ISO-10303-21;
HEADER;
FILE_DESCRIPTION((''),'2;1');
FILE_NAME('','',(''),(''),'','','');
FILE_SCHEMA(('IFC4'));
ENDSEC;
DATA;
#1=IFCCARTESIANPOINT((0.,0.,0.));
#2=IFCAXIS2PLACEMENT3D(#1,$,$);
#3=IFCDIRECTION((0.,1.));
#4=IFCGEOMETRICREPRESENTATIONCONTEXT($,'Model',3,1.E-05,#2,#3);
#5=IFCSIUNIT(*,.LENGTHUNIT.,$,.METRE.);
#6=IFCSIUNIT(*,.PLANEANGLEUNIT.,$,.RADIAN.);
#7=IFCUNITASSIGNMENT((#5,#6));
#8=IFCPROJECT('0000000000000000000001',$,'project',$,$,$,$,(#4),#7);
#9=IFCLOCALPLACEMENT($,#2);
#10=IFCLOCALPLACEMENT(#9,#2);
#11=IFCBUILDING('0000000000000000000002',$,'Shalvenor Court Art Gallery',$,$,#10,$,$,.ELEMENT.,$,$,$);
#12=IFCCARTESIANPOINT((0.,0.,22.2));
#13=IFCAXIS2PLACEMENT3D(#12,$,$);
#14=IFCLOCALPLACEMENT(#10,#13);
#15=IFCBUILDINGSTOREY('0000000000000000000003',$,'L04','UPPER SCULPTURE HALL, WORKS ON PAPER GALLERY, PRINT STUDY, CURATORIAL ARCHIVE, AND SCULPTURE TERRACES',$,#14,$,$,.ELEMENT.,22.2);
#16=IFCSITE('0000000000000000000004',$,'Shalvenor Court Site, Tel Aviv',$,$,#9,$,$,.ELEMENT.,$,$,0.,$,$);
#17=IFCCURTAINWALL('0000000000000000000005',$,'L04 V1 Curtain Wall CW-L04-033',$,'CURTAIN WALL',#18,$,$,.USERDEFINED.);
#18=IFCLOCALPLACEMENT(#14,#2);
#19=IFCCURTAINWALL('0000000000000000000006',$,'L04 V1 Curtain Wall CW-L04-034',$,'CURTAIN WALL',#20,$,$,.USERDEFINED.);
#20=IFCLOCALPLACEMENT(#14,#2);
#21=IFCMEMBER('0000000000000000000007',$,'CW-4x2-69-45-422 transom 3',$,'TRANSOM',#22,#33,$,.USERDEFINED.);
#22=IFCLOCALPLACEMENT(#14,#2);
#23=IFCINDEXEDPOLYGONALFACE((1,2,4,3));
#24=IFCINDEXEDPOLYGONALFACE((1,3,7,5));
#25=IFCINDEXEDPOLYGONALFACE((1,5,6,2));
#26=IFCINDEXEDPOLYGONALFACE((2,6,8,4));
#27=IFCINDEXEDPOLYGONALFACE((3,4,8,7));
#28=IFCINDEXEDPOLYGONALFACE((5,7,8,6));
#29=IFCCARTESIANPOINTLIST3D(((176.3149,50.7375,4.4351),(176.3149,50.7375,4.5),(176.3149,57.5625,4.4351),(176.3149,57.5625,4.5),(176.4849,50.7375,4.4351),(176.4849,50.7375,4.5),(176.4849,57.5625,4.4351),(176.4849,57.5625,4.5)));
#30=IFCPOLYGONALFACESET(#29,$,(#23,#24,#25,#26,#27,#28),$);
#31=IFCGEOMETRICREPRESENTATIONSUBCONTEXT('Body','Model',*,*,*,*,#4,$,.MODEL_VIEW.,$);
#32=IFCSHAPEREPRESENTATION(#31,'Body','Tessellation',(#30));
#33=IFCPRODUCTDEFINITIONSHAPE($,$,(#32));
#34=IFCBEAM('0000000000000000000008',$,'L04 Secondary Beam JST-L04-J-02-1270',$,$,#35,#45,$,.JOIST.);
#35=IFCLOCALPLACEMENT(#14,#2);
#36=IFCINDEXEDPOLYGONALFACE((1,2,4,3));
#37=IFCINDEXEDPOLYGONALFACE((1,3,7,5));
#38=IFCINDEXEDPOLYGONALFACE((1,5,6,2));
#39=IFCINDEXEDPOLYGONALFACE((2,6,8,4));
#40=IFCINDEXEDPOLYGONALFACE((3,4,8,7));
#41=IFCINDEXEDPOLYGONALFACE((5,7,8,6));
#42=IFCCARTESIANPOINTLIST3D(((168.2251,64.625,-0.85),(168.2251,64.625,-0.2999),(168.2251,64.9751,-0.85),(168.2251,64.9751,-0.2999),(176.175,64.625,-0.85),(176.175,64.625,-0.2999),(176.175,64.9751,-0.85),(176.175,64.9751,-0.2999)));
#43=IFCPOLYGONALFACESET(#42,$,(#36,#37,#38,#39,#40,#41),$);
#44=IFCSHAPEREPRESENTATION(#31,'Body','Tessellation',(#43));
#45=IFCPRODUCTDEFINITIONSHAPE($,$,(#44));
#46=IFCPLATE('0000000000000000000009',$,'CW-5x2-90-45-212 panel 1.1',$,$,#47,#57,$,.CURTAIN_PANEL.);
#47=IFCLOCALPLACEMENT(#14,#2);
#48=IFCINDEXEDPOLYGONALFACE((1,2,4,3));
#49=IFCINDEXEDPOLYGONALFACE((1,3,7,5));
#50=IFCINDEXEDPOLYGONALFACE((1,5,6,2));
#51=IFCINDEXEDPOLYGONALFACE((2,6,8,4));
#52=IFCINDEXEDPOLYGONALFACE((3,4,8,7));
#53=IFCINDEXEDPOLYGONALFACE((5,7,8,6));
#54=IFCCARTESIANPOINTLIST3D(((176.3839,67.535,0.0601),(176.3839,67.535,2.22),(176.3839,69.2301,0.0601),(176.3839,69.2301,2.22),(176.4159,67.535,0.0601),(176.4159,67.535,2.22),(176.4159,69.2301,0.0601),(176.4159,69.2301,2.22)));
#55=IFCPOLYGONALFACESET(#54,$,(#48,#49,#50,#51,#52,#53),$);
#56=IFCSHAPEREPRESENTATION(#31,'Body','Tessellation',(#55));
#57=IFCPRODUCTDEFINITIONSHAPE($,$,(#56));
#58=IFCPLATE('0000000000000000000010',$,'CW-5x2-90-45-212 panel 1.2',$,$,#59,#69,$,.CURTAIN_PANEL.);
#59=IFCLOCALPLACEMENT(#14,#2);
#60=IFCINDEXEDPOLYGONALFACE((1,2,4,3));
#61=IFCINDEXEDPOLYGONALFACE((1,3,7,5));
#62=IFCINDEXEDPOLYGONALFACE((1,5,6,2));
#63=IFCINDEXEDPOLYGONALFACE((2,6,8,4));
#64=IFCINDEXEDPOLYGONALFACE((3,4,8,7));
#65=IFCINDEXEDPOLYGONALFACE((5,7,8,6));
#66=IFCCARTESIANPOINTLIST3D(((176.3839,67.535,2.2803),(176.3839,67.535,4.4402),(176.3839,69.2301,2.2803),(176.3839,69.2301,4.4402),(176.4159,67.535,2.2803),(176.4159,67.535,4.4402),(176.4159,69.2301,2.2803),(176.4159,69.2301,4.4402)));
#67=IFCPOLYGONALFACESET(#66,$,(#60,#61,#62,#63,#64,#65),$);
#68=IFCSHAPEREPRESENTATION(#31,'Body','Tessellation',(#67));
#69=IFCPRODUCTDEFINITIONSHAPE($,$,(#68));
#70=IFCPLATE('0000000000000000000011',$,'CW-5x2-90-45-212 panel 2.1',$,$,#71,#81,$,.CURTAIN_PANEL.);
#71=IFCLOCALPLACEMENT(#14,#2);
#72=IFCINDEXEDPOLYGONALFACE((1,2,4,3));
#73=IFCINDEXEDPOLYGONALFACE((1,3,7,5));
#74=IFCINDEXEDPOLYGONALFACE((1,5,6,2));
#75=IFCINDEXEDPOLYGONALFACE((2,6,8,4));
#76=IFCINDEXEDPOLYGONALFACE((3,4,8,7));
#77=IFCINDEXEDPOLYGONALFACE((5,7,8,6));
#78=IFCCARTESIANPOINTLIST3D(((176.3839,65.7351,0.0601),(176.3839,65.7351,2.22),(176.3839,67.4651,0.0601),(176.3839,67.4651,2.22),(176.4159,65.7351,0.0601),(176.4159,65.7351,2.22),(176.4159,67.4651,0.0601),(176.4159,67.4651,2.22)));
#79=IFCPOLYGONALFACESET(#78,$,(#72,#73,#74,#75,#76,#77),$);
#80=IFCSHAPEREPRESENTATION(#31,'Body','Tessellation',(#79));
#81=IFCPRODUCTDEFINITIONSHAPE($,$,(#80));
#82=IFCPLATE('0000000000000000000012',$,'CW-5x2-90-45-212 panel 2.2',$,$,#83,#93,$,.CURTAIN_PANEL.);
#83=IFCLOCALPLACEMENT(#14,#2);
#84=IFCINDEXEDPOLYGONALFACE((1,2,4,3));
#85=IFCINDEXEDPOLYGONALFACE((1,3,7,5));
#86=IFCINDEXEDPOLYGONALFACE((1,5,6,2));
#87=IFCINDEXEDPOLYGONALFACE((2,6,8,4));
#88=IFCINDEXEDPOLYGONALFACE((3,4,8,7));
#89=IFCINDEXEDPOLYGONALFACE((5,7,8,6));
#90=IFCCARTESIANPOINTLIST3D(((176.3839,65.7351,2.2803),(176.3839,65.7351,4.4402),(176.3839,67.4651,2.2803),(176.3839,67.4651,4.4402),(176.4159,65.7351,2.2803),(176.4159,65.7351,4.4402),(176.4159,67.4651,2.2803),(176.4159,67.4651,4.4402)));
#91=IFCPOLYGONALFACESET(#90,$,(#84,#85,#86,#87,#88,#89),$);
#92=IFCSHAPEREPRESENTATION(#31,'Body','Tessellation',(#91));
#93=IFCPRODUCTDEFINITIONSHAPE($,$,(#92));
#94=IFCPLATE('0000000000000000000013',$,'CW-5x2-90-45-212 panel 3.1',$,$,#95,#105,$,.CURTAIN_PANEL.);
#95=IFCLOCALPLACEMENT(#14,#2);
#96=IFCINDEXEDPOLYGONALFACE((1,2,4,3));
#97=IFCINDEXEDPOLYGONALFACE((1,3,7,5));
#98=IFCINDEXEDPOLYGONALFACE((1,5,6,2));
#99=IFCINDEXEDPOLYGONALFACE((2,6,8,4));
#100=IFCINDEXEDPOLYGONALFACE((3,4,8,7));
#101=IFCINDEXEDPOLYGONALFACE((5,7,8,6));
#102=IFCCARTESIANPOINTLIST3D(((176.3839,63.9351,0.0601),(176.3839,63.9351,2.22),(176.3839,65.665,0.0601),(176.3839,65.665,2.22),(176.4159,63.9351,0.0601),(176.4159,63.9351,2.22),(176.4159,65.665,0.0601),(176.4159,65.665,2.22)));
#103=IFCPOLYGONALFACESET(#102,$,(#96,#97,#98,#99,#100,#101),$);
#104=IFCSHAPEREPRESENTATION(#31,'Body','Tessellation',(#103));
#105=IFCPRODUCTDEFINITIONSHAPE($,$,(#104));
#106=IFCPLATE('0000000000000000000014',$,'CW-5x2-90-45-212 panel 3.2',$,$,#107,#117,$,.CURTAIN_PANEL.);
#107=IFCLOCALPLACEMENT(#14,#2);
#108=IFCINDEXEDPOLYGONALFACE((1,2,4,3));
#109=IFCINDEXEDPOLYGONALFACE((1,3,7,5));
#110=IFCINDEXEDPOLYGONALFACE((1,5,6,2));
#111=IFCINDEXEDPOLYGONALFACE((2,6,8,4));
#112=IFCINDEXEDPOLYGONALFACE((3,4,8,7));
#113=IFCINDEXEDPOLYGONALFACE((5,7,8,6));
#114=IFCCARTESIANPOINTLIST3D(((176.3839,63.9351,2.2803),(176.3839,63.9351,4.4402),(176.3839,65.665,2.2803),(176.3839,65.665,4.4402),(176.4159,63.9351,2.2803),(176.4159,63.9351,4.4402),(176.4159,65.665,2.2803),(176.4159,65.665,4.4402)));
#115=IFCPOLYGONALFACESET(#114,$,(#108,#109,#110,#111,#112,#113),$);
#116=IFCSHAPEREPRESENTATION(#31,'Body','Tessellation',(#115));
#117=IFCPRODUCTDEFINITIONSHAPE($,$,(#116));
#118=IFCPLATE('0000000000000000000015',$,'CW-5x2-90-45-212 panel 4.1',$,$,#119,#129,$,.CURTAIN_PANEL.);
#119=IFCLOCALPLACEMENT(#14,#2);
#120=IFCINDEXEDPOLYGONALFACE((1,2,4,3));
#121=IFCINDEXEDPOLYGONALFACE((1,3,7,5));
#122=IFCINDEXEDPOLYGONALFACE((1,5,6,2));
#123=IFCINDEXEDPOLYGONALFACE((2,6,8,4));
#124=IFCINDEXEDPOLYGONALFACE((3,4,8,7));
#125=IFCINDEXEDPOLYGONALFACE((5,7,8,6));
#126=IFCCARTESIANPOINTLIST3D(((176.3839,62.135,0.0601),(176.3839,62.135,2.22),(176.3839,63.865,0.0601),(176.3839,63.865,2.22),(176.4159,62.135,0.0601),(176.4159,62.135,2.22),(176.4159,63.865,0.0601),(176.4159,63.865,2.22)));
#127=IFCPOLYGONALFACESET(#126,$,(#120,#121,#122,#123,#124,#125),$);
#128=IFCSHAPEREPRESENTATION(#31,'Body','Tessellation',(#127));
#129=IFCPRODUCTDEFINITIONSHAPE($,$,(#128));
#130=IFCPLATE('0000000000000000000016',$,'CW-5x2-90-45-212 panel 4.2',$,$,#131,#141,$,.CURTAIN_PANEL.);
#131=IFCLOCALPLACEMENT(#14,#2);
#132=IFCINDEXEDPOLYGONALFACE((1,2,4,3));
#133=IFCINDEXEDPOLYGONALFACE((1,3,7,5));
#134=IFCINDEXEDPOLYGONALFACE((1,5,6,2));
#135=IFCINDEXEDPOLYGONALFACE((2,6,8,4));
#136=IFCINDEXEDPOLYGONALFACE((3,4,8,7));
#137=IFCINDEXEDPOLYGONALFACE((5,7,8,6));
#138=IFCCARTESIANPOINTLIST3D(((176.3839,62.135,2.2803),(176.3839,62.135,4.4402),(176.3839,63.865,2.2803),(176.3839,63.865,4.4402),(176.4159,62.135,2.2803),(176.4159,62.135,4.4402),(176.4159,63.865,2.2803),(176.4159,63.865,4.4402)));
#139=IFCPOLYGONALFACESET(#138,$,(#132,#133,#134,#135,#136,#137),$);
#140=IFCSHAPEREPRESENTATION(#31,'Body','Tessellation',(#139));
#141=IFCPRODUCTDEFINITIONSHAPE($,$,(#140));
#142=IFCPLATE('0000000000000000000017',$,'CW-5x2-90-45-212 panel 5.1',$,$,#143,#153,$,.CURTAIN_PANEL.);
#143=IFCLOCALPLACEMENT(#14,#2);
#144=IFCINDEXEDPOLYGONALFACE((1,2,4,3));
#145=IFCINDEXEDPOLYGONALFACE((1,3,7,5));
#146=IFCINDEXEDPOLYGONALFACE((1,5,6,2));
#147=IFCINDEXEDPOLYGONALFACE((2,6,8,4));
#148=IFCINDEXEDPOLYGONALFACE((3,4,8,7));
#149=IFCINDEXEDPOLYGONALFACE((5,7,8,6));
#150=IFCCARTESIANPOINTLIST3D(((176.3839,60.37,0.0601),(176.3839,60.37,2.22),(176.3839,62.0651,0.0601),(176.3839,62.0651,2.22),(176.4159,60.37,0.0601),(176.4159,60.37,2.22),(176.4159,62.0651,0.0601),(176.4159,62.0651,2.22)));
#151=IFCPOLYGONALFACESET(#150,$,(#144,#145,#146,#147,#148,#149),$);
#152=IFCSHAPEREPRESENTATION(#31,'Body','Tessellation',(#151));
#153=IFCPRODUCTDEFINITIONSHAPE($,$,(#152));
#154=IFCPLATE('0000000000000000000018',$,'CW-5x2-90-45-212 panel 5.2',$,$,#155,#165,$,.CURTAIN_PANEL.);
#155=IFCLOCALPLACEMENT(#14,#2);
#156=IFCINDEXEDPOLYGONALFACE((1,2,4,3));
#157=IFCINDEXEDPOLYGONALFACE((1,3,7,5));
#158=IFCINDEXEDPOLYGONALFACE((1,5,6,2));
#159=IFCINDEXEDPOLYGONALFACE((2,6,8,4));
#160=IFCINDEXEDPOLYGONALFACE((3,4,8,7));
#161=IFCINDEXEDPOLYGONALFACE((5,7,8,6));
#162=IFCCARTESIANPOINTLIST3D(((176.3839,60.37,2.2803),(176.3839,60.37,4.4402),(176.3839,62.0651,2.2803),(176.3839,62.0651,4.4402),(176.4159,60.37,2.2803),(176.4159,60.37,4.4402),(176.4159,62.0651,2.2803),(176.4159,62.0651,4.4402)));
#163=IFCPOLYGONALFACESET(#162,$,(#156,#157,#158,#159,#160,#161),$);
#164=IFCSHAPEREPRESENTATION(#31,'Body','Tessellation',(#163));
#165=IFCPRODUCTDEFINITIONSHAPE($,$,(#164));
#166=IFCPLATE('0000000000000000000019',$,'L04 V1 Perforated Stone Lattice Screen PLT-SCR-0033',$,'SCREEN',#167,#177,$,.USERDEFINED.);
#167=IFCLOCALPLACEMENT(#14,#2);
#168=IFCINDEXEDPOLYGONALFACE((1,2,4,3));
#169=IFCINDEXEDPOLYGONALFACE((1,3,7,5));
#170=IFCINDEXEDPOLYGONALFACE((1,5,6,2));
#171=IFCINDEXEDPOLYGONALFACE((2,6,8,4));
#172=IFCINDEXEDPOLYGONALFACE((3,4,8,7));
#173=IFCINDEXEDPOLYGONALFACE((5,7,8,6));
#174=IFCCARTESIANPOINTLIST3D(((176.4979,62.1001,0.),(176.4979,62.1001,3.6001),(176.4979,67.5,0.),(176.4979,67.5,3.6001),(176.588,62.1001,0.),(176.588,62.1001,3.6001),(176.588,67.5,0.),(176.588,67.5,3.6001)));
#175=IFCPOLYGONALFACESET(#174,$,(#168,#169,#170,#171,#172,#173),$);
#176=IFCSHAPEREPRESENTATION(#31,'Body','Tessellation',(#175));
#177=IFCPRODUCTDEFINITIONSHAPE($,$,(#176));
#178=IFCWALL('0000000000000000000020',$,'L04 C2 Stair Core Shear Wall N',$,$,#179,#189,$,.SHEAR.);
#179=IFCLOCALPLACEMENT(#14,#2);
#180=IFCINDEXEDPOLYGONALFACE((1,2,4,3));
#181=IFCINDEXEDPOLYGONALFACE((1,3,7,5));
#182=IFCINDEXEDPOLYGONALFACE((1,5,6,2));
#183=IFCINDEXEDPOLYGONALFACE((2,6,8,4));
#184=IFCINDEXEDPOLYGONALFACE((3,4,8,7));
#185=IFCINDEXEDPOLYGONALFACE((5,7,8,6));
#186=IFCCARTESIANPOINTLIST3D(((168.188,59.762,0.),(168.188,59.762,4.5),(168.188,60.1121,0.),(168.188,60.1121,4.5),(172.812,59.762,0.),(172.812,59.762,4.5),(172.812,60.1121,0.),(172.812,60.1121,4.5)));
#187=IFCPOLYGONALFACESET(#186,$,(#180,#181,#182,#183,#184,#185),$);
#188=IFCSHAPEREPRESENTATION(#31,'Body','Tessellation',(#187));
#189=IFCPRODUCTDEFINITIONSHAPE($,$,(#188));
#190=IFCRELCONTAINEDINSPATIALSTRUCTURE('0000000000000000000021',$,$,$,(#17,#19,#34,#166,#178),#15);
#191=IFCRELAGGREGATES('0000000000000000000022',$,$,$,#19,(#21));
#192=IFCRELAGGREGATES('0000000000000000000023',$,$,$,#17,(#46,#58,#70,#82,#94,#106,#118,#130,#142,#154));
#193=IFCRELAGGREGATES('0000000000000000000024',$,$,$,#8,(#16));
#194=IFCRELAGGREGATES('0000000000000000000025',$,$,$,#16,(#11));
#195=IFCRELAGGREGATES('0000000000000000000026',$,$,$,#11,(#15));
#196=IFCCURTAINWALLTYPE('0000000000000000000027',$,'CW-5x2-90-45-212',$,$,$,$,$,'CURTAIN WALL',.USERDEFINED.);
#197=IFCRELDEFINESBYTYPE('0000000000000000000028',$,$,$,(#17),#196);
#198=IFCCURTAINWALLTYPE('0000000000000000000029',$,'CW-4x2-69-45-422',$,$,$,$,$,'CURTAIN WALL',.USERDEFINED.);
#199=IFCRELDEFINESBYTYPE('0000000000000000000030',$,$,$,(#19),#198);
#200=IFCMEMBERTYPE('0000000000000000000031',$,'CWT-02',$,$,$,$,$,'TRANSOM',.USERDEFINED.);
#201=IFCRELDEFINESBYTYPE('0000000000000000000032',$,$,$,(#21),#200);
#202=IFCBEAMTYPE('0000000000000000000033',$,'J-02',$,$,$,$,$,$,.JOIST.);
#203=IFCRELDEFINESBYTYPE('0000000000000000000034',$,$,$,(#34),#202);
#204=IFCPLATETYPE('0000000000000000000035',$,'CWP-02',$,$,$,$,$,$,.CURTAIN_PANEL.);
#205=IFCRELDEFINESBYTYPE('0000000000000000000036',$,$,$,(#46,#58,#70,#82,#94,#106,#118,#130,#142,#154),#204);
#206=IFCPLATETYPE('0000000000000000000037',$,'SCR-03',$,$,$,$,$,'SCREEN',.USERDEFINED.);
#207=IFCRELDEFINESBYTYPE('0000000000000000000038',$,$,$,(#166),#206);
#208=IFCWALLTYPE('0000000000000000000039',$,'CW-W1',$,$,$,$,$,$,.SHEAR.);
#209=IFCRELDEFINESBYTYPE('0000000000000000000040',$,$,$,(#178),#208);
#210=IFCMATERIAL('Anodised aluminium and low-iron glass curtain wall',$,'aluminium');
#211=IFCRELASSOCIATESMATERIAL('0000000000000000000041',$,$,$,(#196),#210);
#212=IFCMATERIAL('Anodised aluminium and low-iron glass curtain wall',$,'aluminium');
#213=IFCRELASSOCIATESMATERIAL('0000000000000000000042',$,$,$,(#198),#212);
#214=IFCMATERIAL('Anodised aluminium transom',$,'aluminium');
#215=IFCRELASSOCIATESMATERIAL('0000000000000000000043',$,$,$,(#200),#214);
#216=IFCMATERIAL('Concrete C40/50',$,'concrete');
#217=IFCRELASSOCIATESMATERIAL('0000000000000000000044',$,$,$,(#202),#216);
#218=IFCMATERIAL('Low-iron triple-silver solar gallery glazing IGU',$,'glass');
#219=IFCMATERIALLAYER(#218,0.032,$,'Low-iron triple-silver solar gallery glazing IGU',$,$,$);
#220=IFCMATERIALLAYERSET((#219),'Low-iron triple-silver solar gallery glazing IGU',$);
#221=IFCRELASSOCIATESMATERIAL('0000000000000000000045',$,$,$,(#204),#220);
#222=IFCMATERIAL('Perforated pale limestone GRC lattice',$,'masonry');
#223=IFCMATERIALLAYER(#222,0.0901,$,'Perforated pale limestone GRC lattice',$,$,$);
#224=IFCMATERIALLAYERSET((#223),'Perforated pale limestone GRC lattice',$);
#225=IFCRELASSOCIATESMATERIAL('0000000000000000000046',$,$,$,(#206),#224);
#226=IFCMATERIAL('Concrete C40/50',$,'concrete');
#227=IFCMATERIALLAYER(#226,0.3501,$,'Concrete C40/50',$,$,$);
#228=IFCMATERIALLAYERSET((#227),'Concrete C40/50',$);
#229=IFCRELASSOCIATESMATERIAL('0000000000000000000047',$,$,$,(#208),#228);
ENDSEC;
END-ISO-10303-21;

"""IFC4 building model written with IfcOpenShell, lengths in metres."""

from ifc_helpers import new_model, si_unit, direction, frame, frame_2d, origin, origin_2d, place, context, subcontext, project, spatial, rectangle, extrude, material, layer, layer_set, material_profile, profile_set, type_object, element, aggregate, save


model = new_model("IFC4")

# Units and contexts
model_context = context("Model", 3, precision=1e-05, world=origin(), true_north=direction((0.0, 1.0)))
body_context = subcontext(model_context, "Body", "Model", "MODEL_VIEW")
ifc_project = project(units=[si_unit("LENGTHUNIT", "METRE"), si_unit("PLANEANGLEUNIT", "RADIAN")], contexts=[model_context])

# Site, building, storey
site_placement = place(None, origin())
site = spatial("IfcSite", under=ifc_project, at=site_placement, Name="Shalvenor Court Site, Tel Aviv", CompositionType="ELEMENT", RefElevation=0.0)
building_placement = place(site_placement, origin())
building = spatial("IfcBuilding", under=site, at=building_placement, Name="Shalvenor Court Art Gallery", CompositionType="ELEMENT")
storey_placement = place(building_placement, frame((0.0, 0.0, 22.2)))
storey = spatial("IfcBuildingStorey", under=building, at=storey_placement, Name="L04", Description="UPPER SCULPTURE HALL, WORKS ON PAPER GALLERY, PRINT STUDY, CURATORIAL ARCHIVE, AND SCULPTURE TERRACES", CompositionType="ELEMENT", Elevation=22.2)

# Curtain wall
ifc_material_1 = material(Name="Anodised aluminium and low-iron glass curtain wall", Category="aluminium")
curtain_wall_type_1 = type_object("IfcCurtainWallType", Name="CW-5x2-90-45-212", ElementType="CURTAIN WALL", PredefinedType="USERDEFINED", material=ifc_material_1)
curtain_wall_1_placement = place(storey_placement, origin())
curtain_wall_1 = element("IfcCurtainWall", 1, at=curtain_wall_1_placement, inside=storey, type_object=curtain_wall_type_1, Name="L04 V1 Curtain Wall CW-L04-033", ObjectType="CURTAIN WALL", PredefinedType="USERDEFINED")

# Curtain wall, member
ifc_material_2 = material(Name="Anodised aluminium and low-iron glass curtain wall", Category="aluminium")
curtain_wall_type_2 = type_object("IfcCurtainWallType", Name="CW-4x2-69-45-422", ElementType="CURTAIN WALL", PredefinedType="USERDEFINED", material=ifc_material_2)
curtain_wall_2_placement = place(storey_placement, origin())
curtain_wall_2 = element("IfcCurtainWall", 2, at=curtain_wall_2_placement, inside=storey, type_object=curtain_wall_type_2, Name="L04 V1 Curtain Wall CW-L04-034", ObjectType="CURTAIN WALL", PredefinedType="USERDEFINED")
ifc_material_3 = material(Name="Anodised aluminium transom", Category="aluminium")
ifc_material_profile_1 = material_profile(ifc_material_3, rectangle(XDim=0.1699, YDim=0.0649, at=origin_2d()), Name="CWT-02")
ifc_profile_set_1 = profile_set([ifc_material_profile_1], Name="Anodised aluminium transom")
member_type_1 = type_object("IfcMemberType", Name="CWT-02", ElementType="TRANSOM", PredefinedType="USERDEFINED", material=ifc_profile_set_1)
member_1_placement = place(storey_placement, frame((176.3999, 57.5625, 4.4675), z_axis=(0.0, -1.0, 0.0), x_axis=(1.0, 0.0, 0.0)))
member_1 = element("IfcMember", 3, at=member_1_placement, type_object=member_type_1, Name="CW-4x2-69-45-422 transom 3", ObjectType="TRANSOM", PredefinedType="USERDEFINED", context=body_context, shape_type="SweptSolid", body=[
    extrude(rectangle(XDim=0.1699, YDim=0.0649, at=origin_2d()), origin(), (0.0, 0.0, 1.0), 6.825),
])
aggregate(curtain_wall_2, [member_1])

# Beam
ifc_material_4 = material(Name="Concrete C40/50", Category="concrete")
ifc_material_profile_2 = material_profile(ifc_material_4, rectangle(XDim=0.3501, YDim=0.55, at=origin_2d()), Name="RC 350x550")
ifc_profile_set_2 = profile_set([ifc_material_profile_2], Name="Concrete C40/50")
beam_type_1 = type_object("IfcBeamType", Name="J-02", PredefinedType="JOIST", material=ifc_profile_set_2)
beam_1_placement = place(storey_placement, frame((168.2251, 64.8, -0.575), z_axis=(1.0, 0.0, 0.0), x_axis=(0.0, 1.0, 0.0)))
element("IfcBeam", 4, at=beam_1_placement, inside=storey, type_object=beam_type_1, Name="L04 Secondary Beam JST-L04-J-02-1270", PredefinedType="JOIST", context=body_context, shape_type="SweptSolid", body=[
    extrude(rectangle(XDim=0.3501, YDim=0.55, at=origin_2d()), origin(), (0.0, 0.0, 1.0), 7.95),
])

# Plates
ifc_material_5 = material(Name="Low-iron triple-silver solar gallery glazing IGU", Category="glass")
ifc_layer_1 = layer(ifc_material_5, 0.032, Name="Low-iron triple-silver solar gallery glazing IGU")
ifc_layer_set_1 = layer_set([ifc_layer_1], Name="Low-iron triple-silver solar gallery glazing IGU")
plate_type_1 = type_object("IfcPlateType", Name="CWP-02", PredefinedType="CURTAIN_PANEL", material=ifc_layer_set_1)
plate_1_placement = place(storey_placement, frame((176.3999, 68.3826, 0.0601), z_axis=(0.0, 0.0, 1.0), x_axis=(0.0, -1.0, 0.0)))
plate_1 = element("IfcPlate", 5, at=plate_1_placement, type_object=plate_type_1, Name="CW-5x2-90-45-212 panel 1.1", PredefinedType="CURTAIN_PANEL", context=body_context, shape_type="SweptSolid", body=[
    extrude(rectangle(XDim=1.6951, YDim=0.032, at=origin_2d()), origin(), (0.0, 0.0, 1.0), 2.1599),
])
plate_2_placement = place(storey_placement, frame((176.3999, 68.3826, 2.2803), z_axis=(0.0, 0.0, 1.0), x_axis=(0.0, -1.0, 0.0)))
plate_2 = element("IfcPlate", 6, at=plate_2_placement, type_object=plate_type_1, Name="CW-5x2-90-45-212 panel 1.2", PredefinedType="CURTAIN_PANEL", context=body_context, shape_type="SweptSolid", body=[
    extrude(rectangle(XDim=1.6951, YDim=0.032, at=origin_2d()), origin(), (0.0, 0.0, 1.0), 2.1599),
])
plate_3_placement = place(storey_placement, frame((176.3999, 66.6001, 0.0601), z_axis=(0.0, 0.0, 1.0), x_axis=(0.0, -1.0, 0.0)))
plate_3 = element("IfcPlate", 7, at=plate_3_placement, type_object=plate_type_1, Name="CW-5x2-90-45-212 panel 2.1", PredefinedType="CURTAIN_PANEL", context=body_context, shape_type="SweptSolid", body=[
    extrude(rectangle(XDim=1.73, YDim=0.032, at=origin_2d()), origin(), (0.0, 0.0, 1.0), 2.1599),
])
plate_4_placement = place(storey_placement, frame((176.3999, 66.6001, 2.2803), z_axis=(0.0, 0.0, 1.0), x_axis=(0.0, -1.0, 0.0)))
plate_4 = element("IfcPlate", 8, at=plate_4_placement, type_object=plate_type_1, Name="CW-5x2-90-45-212 panel 2.2", PredefinedType="CURTAIN_PANEL", context=body_context, shape_type="SweptSolid", body=[
    extrude(rectangle(XDim=1.73, YDim=0.032, at=origin_2d()), origin(), (0.0, 0.0, 1.0), 2.1599),
])
plate_5_placement = place(storey_placement, frame((176.3999, 64.8, 0.0601), z_axis=(0.0, 0.0, 1.0), x_axis=(0.0, -1.0, 0.0)))
plate_5 = element("IfcPlate", 9, at=plate_5_placement, type_object=plate_type_1, Name="CW-5x2-90-45-212 panel 3.1", PredefinedType="CURTAIN_PANEL", context=body_context, shape_type="SweptSolid", body=[
    extrude(rectangle(XDim=1.73, YDim=0.032, at=origin_2d()), origin(), (0.0, 0.0, 1.0), 2.1599),
])
plate_6_placement = place(storey_placement, frame((176.3999, 64.8, 2.2803), z_axis=(0.0, 0.0, 1.0), x_axis=(0.0, -1.0, 0.0)))
plate_6 = element("IfcPlate", 10, at=plate_6_placement, type_object=plate_type_1, Name="CW-5x2-90-45-212 panel 3.2", PredefinedType="CURTAIN_PANEL", context=body_context, shape_type="SweptSolid", body=[
    extrude(rectangle(XDim=1.73, YDim=0.032, at=origin_2d()), origin(), (0.0, 0.0, 1.0), 2.1599),
])
plate_7_placement = place(storey_placement, frame((176.3999, 63.0, 0.0601), z_axis=(0.0, 0.0, 1.0), x_axis=(0.0, -1.0, 0.0)))
plate_7 = element("IfcPlate", 11, at=plate_7_placement, type_object=plate_type_1, Name="CW-5x2-90-45-212 panel 4.1", PredefinedType="CURTAIN_PANEL", context=body_context, shape_type="SweptSolid", body=[
    extrude(rectangle(XDim=1.73, YDim=0.032, at=origin_2d()), origin(), (0.0, 0.0, 1.0), 2.1599),
])
plate_8_placement = place(storey_placement, frame((176.3999, 63.0, 2.2803), z_axis=(0.0, 0.0, 1.0), x_axis=(0.0, -1.0, 0.0)))
plate_8 = element("IfcPlate", 12, at=plate_8_placement, type_object=plate_type_1, Name="CW-5x2-90-45-212 panel 4.2", PredefinedType="CURTAIN_PANEL", context=body_context, shape_type="SweptSolid", body=[
    extrude(rectangle(XDim=1.73, YDim=0.032, at=origin_2d()), origin(), (0.0, 0.0, 1.0), 2.1599),
])
plate_9_placement = place(storey_placement, frame((176.3999, 61.2175, 0.0601), z_axis=(0.0, 0.0, 1.0), x_axis=(0.0, -1.0, 0.0)))
plate_9 = element("IfcPlate", 13, at=plate_9_placement, type_object=plate_type_1, Name="CW-5x2-90-45-212 panel 5.1", PredefinedType="CURTAIN_PANEL", context=body_context, shape_type="SweptSolid", body=[
    extrude(rectangle(XDim=1.6951, YDim=0.032, at=origin_2d()), origin(), (0.0, 0.0, 1.0), 2.1599),
])
plate_10_placement = place(storey_placement, frame((176.3999, 61.2175, 2.2803), z_axis=(0.0, 0.0, 1.0), x_axis=(0.0, -1.0, 0.0)))
plate_10 = element("IfcPlate", 14, at=plate_10_placement, type_object=plate_type_1, Name="CW-5x2-90-45-212 panel 5.2", PredefinedType="CURTAIN_PANEL", context=body_context, shape_type="SweptSolid", body=[
    extrude(rectangle(XDim=1.6951, YDim=0.032, at=origin_2d()), origin(), (0.0, 0.0, 1.0), 2.1599),
])
aggregate(curtain_wall_1, [plate_1, plate_2, plate_3, plate_4, plate_5, plate_6, plate_7, plate_8, plate_9, plate_10])
ifc_material_6 = material(Name="Perforated pale limestone GRC lattice", Category="masonry")
ifc_layer_2 = layer(ifc_material_6, 0.0901, Name="Perforated pale limestone GRC lattice")
ifc_layer_set_2 = layer_set([ifc_layer_2], Name="Perforated pale limestone GRC lattice")
plate_type_2 = type_object("IfcPlateType", Name="SCR-03", ElementType="SCREEN", PredefinedType="USERDEFINED", material=ifc_layer_set_2)
plate_11_placement = place(storey_placement, frame((176.543, 64.8, 0.0), z_axis=(0.0, 0.0, 1.0), x_axis=(0.0, -1.0, 0.0)))
element("IfcPlate", 15, at=plate_11_placement, inside=storey, type_object=plate_type_2, Name="L04 V1 Perforated Stone Lattice Screen PLT-SCR-0033", ObjectType="SCREEN", PredefinedType="USERDEFINED", context=body_context, shape_type="SweptSolid", body=[
    extrude(rectangle(XDim=5.3999, YDim=0.0901, at=origin_2d()), origin(), (0.0, 0.0, 1.0), 3.6001),
])

# Wall
ifc_material_7 = material(Name="Concrete C40/50", Category="concrete")
ifc_layer_3 = layer(ifc_material_7, 0.3501, Name="Concrete C40/50")
ifc_layer_set_3 = layer_set([ifc_layer_3], Name="Concrete C40/50")
wall_type_1 = type_object("IfcWallType", Name="CW-W1", PredefinedType="SHEAR", material=ifc_layer_set_3)
wall_1_placement = place(storey_placement, frame((168.188, 59.937, 0.0), z_axis=(0.0, 0.0, 1.0), x_axis=(1.0, 0.0, 0.0)))
element("IfcWall", 16, at=wall_1_placement, inside=storey, type_object=wall_type_1, Name="L04 C2 Stair Core Shear Wall N", PredefinedType="SHEAR", context=body_context, shape_type="SweptSolid", body=[
    extrude(rectangle(XDim=4.624, YDim=0.3501, at=frame_2d((2.312, 0.0))), origin(), (0.0, 0.0, 1.0), 4.5),
])

save(model, "model.ifc")
